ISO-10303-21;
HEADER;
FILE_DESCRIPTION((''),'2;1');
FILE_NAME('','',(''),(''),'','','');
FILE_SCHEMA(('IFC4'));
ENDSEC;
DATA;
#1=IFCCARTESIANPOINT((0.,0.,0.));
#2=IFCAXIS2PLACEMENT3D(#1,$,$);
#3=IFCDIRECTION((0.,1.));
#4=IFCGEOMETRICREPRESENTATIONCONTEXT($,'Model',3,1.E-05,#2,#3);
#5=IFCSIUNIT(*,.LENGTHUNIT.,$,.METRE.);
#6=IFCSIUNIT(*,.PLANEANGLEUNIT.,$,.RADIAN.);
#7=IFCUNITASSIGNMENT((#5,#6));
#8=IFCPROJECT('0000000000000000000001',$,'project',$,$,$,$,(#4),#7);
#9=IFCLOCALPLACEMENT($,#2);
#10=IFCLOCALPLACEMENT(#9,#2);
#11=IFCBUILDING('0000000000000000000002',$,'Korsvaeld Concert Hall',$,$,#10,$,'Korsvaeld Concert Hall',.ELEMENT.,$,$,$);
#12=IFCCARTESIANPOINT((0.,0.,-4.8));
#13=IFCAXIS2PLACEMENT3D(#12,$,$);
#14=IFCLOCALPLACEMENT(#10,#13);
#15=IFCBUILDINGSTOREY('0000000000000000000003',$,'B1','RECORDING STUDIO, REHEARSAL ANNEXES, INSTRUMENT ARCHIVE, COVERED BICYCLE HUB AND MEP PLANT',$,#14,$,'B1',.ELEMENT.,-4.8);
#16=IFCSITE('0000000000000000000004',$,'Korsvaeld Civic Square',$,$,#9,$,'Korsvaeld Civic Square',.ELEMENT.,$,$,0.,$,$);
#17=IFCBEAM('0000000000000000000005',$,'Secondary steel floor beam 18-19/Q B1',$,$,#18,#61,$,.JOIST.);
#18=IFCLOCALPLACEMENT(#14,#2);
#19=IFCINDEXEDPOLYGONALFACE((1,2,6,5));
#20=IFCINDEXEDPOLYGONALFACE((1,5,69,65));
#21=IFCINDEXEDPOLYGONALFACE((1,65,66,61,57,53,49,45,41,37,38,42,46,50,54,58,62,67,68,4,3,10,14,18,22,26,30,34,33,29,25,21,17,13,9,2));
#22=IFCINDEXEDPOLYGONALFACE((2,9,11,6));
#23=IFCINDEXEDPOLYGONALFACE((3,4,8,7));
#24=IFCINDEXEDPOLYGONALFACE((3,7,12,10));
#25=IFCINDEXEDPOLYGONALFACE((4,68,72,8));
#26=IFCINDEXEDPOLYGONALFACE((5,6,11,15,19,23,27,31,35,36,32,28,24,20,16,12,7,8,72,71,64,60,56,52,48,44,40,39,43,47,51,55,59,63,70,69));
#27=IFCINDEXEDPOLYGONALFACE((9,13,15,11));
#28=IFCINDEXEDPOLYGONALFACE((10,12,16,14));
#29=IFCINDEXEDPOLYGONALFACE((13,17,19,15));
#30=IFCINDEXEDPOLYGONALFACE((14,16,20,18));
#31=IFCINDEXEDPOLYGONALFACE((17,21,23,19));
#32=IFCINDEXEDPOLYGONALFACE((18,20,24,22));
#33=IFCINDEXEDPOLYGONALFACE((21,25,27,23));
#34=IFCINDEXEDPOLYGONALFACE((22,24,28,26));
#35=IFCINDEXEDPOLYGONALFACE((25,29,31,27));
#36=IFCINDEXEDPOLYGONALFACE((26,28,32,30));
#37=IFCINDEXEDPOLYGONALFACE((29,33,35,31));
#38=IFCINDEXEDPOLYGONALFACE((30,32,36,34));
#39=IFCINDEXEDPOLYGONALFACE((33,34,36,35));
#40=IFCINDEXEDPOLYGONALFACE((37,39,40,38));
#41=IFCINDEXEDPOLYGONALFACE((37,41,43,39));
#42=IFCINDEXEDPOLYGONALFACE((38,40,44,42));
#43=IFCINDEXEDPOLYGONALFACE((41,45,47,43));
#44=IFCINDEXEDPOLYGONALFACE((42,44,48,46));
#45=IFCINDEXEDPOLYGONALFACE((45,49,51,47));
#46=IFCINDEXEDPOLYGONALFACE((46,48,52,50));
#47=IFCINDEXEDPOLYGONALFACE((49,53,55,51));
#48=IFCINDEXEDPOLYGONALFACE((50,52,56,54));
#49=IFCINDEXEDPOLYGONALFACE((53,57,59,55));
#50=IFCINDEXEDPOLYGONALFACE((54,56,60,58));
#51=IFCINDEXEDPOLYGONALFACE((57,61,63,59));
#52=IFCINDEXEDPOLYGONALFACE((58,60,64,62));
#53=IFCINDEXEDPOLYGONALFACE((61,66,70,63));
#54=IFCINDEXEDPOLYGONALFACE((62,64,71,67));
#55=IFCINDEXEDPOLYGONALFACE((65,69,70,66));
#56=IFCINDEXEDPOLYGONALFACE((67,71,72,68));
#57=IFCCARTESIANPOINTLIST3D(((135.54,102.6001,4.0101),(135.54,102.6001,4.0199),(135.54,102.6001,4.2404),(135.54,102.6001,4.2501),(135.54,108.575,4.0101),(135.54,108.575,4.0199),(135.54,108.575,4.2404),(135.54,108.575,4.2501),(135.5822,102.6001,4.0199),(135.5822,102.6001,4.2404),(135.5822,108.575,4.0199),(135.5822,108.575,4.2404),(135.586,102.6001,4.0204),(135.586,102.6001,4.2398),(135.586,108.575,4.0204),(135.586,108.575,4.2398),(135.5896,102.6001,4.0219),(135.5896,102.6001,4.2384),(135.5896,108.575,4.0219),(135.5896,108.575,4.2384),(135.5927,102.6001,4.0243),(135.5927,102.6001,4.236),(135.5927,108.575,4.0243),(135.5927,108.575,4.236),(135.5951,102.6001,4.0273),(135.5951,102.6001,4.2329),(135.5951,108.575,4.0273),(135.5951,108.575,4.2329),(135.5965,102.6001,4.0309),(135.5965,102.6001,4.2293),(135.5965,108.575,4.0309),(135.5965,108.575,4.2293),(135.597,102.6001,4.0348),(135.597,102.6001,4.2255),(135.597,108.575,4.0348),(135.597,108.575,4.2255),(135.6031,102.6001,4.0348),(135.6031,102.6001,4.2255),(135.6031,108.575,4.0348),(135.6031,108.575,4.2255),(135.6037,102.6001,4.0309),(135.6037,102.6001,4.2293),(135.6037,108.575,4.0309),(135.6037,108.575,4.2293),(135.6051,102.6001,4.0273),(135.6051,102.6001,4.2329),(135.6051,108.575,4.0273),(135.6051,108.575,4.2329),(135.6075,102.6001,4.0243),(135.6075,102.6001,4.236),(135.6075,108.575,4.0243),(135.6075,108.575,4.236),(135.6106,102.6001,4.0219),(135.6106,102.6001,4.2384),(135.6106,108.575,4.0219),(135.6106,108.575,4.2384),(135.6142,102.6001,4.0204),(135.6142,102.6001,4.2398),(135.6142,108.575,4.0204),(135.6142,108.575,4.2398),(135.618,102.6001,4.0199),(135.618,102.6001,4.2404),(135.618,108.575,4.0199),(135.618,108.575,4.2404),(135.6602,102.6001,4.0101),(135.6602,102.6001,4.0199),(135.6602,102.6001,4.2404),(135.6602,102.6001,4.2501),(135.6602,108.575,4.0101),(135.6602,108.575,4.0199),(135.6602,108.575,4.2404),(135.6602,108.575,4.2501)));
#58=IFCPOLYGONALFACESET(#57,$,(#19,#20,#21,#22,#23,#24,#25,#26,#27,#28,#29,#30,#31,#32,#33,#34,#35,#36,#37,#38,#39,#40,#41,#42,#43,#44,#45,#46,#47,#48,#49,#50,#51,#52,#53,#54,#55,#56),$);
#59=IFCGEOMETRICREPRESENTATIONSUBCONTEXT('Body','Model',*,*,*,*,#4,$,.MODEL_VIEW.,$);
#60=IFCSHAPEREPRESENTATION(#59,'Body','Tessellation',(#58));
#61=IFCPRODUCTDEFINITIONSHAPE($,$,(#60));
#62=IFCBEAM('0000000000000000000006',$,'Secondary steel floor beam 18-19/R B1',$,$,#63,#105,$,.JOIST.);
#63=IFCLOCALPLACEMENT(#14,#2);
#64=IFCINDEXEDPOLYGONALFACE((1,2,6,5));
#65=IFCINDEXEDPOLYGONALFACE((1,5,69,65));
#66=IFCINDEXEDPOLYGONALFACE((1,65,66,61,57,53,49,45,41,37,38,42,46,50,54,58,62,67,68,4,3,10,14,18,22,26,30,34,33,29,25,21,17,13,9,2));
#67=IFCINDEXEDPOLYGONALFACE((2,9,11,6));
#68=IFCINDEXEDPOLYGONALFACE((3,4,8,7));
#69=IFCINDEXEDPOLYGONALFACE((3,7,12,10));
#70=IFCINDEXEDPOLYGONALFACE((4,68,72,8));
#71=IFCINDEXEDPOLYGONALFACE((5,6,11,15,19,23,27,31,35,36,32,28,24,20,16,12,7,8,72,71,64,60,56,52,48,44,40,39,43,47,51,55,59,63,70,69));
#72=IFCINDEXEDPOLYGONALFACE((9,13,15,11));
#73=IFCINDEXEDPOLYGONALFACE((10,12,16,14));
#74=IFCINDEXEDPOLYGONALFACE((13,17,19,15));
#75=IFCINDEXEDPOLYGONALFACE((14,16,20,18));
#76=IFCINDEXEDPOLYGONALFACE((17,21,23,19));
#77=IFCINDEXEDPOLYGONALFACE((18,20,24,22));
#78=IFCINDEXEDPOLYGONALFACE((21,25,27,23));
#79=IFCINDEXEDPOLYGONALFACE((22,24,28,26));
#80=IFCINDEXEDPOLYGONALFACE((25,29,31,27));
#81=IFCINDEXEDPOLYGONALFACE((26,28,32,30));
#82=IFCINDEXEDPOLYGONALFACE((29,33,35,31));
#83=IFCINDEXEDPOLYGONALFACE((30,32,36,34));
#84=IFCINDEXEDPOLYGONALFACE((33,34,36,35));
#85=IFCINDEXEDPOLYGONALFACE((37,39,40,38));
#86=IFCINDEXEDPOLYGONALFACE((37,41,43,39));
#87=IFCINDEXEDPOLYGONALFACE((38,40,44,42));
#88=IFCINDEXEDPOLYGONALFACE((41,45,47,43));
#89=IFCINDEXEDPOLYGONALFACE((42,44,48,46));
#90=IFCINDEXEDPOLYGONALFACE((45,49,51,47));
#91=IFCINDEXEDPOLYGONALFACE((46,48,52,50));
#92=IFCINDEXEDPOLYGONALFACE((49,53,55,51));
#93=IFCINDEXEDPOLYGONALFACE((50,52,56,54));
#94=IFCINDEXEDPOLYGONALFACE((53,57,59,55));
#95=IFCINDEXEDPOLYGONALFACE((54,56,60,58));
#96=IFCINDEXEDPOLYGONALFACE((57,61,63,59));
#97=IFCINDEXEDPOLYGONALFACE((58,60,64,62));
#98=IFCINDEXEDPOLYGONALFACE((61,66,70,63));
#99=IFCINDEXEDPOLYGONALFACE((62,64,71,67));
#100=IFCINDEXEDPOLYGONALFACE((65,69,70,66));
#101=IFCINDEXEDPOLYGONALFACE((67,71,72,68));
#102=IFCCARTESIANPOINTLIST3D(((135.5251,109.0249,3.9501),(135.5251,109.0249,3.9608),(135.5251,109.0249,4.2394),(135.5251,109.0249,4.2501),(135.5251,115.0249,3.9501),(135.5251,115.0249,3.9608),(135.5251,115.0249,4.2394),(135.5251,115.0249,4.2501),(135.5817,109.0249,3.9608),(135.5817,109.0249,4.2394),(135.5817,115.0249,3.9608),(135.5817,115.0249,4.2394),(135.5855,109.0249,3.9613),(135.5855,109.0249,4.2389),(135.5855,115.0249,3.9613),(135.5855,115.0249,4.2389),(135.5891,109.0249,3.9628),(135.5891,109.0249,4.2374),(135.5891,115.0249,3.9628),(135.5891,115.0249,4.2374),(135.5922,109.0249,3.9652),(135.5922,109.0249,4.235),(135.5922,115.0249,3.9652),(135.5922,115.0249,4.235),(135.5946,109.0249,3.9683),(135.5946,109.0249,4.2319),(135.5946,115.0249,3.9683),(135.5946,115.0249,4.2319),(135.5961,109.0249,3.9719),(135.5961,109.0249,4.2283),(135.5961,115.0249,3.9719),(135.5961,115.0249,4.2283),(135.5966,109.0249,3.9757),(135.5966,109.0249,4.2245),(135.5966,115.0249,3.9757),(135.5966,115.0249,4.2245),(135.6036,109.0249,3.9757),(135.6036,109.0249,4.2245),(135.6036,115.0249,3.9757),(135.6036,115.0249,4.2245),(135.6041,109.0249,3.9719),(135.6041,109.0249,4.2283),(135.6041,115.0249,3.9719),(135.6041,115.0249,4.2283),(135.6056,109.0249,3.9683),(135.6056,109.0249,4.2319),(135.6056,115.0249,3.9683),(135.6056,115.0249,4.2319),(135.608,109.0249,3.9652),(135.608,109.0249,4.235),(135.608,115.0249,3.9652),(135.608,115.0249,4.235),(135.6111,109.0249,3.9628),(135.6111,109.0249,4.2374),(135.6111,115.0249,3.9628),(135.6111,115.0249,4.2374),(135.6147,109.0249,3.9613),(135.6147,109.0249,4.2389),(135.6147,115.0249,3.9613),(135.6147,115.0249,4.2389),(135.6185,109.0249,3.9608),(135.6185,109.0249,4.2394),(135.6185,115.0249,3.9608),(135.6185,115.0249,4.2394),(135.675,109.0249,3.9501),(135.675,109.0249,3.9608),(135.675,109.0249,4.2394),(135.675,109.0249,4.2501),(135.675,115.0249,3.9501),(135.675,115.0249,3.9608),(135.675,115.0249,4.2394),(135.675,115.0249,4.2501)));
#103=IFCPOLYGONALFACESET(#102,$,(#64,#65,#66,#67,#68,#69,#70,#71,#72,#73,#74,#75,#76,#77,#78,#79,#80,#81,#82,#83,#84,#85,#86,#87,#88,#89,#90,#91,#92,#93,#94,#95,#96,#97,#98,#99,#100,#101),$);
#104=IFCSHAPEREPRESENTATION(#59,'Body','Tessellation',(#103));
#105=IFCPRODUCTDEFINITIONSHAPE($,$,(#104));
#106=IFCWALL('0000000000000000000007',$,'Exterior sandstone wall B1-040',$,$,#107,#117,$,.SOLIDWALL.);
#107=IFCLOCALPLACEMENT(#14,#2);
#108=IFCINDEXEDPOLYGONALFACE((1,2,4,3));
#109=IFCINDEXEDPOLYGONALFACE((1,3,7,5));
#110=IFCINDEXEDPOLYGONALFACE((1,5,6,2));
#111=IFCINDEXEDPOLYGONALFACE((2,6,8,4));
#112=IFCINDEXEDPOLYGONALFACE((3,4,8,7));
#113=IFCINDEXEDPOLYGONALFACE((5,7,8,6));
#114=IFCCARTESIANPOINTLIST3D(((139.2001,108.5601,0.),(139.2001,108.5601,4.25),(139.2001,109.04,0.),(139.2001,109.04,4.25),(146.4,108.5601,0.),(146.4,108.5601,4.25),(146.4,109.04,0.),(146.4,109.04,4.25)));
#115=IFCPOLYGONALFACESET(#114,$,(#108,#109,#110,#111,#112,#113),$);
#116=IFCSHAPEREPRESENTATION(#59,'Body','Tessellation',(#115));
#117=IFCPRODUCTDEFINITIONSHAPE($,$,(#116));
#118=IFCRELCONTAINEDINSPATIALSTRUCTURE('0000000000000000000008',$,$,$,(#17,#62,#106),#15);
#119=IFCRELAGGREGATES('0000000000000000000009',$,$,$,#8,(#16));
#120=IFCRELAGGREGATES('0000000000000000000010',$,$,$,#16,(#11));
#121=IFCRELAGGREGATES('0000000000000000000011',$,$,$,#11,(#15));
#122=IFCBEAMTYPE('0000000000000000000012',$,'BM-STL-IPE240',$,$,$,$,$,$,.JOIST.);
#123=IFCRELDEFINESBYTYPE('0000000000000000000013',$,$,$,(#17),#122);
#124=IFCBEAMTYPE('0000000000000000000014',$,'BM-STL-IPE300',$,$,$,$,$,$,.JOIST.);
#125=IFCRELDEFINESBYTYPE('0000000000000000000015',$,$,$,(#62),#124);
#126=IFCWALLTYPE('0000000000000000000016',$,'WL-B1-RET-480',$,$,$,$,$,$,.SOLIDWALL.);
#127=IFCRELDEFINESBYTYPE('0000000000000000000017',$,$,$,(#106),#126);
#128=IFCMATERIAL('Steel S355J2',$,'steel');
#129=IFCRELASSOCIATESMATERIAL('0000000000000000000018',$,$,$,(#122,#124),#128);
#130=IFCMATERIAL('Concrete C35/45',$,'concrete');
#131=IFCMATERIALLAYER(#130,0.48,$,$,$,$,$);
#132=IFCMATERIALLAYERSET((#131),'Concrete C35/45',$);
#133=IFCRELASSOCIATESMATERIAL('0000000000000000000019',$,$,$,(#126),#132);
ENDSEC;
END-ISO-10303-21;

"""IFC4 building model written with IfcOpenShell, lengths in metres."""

from ifc_helpers import new_model, si_unit, direction, frame, frame_2d, origin, origin_2d, place, context, subcontext, project, spatial, rectangle, i_section, extrude, material, layer, layer_set, material_profile, profile_set, type_object, element, save


model = new_model("IFC4")

# Units and contexts
model_context = context("Model", 3, precision=1e-05, world=origin(), true_north=direction((0.0, 1.0)))
body_context = subcontext(model_context, "Body", "Model", "MODEL_VIEW")
ifc_project = project(units=[si_unit("LENGTHUNIT", "METRE"), si_unit("PLANEANGLEUNIT", "RADIAN")], contexts=[model_context])

# Site, building, storey
site_placement = place(None, origin())
site = spatial("IfcSite", under=ifc_project, at=site_placement, Name="Korsvaeld Civic Square", LongName="Korsvaeld Civic Square", CompositionType="ELEMENT", RefElevation=0.0)
building_placement = place(site_placement, origin())
building = spatial("IfcBuilding", under=site, at=building_placement, Name="Korsvaeld Concert Hall", LongName="Korsvaeld Concert Hall", CompositionType="ELEMENT")
storey_placement = place(building_placement, frame((0.0, 0.0, -4.8)))
storey = spatial("IfcBuildingStorey", under=building, at=storey_placement, Name="B1", Description="RECORDING STUDIO, REHEARSAL ANNEXES, INSTRUMENT ARCHIVE, COVERED BICYCLE HUB AND MEP PLANT", LongName="B1", CompositionType="ELEMENT", Elevation=-4.8)

# Shared definitions
ifc_material_1 = material(Name="Concrete C35/45", Category="concrete")

# Beams
ifc_material_2 = material(Name="Steel S355J2", Category="steel")
ifc_material_profile_1 = material_profile(ifc_material_2, i_section(OverallWidth=0.1201, OverallDepth=0.24, WebThickness=0.0061, FlangeThickness=0.0098, FilletRadius=0.0149, at=origin_2d()), Name="IPE 240")
ifc_profile_set_1 = profile_set([ifc_material_profile_1], Name="Steel S355J2")
beam_type_1 = type_object("IfcBeamType", Name="BM-STL-IPE240", PredefinedType="JOIST", material=ifc_profile_set_1)
beam_1_placement = place(storey_placement, frame((135.6001, 102.6001, 4.1301), z_axis=(0.0, 1.0, 0.0), x_axis=(-1.0, 0.0, 0.0)))
element("IfcBeam", 1, at=beam_1_placement, inside=storey, type_object=beam_type_1, Name="Secondary steel floor beam 18-19/Q B1", PredefinedType="JOIST", context=body_context, shape_type="SweptSolid", body=[
    extrude(i_section(OverallWidth=0.1201, OverallDepth=0.24, WebThickness=0.0061, FlangeThickness=0.0098, FilletRadius=0.0149, at=origin_2d()), origin(), (0.0, 0.0, 1.0), 5.9749),
])
ifc_material_profile_2 = material_profile(ifc_material_2, i_section(OverallWidth=0.1499, OverallDepth=0.3, WebThickness=0.0071, FlangeThickness=0.0107, FilletRadius=0.0149, at=origin_2d()), Name="IPE 300")
ifc_profile_set_2 = profile_set([ifc_material_profile_2], Name="Steel S355J2")
beam_type_2 = type_object("IfcBeamType", Name="BM-STL-IPE300", PredefinedType="JOIST", material=ifc_profile_set_2)
beam_2_placement = place(storey_placement, frame((135.6001, 109.0249, 4.1001), z_axis=(0.0, 1.0, 0.0), x_axis=(-1.0, 0.0, 0.0)))
element("IfcBeam", 2, at=beam_2_placement, inside=storey, type_object=beam_type_2, Name="Secondary steel floor beam 18-19/R B1", PredefinedType="JOIST", context=body_context, shape_type="SweptSolid", body=[
    extrude(i_section(OverallWidth=0.1499, OverallDepth=0.3, WebThickness=0.0071, FlangeThickness=0.0107, FilletRadius=0.0149, at=origin_2d()), origin(), (0.0, 0.0, 1.0), 6.0),
])

# Wall
ifc_layer = layer(ifc_material_1, 0.48)
ifc_layer_set = layer_set([ifc_layer], Name="Concrete C35/45")
wall_type = type_object("IfcWallType", Name="WL-B1-RET-480", PredefinedType="SOLIDWALL", material=ifc_layer_set)
wall_placement = place(storey_placement, frame((139.2, 108.8, 0.0), z_axis=(0.0, 0.0, 1.0), x_axis=(1.0, 0.0, 0.0)))
element("IfcWall", 3, at=wall_placement, inside=storey, type_object=wall_type, Name="Exterior sandstone wall B1-040", PredefinedType="SOLIDWALL", context=body_context, shape_type="SweptSolid", body=[
    extrude(rectangle(XDim=7.2, YDim=0.48, at=frame_2d((3.6001, 0.0))), origin(), (0.0, 0.0, 1.0), 4.25),
])

save(model, "model.ifc")
